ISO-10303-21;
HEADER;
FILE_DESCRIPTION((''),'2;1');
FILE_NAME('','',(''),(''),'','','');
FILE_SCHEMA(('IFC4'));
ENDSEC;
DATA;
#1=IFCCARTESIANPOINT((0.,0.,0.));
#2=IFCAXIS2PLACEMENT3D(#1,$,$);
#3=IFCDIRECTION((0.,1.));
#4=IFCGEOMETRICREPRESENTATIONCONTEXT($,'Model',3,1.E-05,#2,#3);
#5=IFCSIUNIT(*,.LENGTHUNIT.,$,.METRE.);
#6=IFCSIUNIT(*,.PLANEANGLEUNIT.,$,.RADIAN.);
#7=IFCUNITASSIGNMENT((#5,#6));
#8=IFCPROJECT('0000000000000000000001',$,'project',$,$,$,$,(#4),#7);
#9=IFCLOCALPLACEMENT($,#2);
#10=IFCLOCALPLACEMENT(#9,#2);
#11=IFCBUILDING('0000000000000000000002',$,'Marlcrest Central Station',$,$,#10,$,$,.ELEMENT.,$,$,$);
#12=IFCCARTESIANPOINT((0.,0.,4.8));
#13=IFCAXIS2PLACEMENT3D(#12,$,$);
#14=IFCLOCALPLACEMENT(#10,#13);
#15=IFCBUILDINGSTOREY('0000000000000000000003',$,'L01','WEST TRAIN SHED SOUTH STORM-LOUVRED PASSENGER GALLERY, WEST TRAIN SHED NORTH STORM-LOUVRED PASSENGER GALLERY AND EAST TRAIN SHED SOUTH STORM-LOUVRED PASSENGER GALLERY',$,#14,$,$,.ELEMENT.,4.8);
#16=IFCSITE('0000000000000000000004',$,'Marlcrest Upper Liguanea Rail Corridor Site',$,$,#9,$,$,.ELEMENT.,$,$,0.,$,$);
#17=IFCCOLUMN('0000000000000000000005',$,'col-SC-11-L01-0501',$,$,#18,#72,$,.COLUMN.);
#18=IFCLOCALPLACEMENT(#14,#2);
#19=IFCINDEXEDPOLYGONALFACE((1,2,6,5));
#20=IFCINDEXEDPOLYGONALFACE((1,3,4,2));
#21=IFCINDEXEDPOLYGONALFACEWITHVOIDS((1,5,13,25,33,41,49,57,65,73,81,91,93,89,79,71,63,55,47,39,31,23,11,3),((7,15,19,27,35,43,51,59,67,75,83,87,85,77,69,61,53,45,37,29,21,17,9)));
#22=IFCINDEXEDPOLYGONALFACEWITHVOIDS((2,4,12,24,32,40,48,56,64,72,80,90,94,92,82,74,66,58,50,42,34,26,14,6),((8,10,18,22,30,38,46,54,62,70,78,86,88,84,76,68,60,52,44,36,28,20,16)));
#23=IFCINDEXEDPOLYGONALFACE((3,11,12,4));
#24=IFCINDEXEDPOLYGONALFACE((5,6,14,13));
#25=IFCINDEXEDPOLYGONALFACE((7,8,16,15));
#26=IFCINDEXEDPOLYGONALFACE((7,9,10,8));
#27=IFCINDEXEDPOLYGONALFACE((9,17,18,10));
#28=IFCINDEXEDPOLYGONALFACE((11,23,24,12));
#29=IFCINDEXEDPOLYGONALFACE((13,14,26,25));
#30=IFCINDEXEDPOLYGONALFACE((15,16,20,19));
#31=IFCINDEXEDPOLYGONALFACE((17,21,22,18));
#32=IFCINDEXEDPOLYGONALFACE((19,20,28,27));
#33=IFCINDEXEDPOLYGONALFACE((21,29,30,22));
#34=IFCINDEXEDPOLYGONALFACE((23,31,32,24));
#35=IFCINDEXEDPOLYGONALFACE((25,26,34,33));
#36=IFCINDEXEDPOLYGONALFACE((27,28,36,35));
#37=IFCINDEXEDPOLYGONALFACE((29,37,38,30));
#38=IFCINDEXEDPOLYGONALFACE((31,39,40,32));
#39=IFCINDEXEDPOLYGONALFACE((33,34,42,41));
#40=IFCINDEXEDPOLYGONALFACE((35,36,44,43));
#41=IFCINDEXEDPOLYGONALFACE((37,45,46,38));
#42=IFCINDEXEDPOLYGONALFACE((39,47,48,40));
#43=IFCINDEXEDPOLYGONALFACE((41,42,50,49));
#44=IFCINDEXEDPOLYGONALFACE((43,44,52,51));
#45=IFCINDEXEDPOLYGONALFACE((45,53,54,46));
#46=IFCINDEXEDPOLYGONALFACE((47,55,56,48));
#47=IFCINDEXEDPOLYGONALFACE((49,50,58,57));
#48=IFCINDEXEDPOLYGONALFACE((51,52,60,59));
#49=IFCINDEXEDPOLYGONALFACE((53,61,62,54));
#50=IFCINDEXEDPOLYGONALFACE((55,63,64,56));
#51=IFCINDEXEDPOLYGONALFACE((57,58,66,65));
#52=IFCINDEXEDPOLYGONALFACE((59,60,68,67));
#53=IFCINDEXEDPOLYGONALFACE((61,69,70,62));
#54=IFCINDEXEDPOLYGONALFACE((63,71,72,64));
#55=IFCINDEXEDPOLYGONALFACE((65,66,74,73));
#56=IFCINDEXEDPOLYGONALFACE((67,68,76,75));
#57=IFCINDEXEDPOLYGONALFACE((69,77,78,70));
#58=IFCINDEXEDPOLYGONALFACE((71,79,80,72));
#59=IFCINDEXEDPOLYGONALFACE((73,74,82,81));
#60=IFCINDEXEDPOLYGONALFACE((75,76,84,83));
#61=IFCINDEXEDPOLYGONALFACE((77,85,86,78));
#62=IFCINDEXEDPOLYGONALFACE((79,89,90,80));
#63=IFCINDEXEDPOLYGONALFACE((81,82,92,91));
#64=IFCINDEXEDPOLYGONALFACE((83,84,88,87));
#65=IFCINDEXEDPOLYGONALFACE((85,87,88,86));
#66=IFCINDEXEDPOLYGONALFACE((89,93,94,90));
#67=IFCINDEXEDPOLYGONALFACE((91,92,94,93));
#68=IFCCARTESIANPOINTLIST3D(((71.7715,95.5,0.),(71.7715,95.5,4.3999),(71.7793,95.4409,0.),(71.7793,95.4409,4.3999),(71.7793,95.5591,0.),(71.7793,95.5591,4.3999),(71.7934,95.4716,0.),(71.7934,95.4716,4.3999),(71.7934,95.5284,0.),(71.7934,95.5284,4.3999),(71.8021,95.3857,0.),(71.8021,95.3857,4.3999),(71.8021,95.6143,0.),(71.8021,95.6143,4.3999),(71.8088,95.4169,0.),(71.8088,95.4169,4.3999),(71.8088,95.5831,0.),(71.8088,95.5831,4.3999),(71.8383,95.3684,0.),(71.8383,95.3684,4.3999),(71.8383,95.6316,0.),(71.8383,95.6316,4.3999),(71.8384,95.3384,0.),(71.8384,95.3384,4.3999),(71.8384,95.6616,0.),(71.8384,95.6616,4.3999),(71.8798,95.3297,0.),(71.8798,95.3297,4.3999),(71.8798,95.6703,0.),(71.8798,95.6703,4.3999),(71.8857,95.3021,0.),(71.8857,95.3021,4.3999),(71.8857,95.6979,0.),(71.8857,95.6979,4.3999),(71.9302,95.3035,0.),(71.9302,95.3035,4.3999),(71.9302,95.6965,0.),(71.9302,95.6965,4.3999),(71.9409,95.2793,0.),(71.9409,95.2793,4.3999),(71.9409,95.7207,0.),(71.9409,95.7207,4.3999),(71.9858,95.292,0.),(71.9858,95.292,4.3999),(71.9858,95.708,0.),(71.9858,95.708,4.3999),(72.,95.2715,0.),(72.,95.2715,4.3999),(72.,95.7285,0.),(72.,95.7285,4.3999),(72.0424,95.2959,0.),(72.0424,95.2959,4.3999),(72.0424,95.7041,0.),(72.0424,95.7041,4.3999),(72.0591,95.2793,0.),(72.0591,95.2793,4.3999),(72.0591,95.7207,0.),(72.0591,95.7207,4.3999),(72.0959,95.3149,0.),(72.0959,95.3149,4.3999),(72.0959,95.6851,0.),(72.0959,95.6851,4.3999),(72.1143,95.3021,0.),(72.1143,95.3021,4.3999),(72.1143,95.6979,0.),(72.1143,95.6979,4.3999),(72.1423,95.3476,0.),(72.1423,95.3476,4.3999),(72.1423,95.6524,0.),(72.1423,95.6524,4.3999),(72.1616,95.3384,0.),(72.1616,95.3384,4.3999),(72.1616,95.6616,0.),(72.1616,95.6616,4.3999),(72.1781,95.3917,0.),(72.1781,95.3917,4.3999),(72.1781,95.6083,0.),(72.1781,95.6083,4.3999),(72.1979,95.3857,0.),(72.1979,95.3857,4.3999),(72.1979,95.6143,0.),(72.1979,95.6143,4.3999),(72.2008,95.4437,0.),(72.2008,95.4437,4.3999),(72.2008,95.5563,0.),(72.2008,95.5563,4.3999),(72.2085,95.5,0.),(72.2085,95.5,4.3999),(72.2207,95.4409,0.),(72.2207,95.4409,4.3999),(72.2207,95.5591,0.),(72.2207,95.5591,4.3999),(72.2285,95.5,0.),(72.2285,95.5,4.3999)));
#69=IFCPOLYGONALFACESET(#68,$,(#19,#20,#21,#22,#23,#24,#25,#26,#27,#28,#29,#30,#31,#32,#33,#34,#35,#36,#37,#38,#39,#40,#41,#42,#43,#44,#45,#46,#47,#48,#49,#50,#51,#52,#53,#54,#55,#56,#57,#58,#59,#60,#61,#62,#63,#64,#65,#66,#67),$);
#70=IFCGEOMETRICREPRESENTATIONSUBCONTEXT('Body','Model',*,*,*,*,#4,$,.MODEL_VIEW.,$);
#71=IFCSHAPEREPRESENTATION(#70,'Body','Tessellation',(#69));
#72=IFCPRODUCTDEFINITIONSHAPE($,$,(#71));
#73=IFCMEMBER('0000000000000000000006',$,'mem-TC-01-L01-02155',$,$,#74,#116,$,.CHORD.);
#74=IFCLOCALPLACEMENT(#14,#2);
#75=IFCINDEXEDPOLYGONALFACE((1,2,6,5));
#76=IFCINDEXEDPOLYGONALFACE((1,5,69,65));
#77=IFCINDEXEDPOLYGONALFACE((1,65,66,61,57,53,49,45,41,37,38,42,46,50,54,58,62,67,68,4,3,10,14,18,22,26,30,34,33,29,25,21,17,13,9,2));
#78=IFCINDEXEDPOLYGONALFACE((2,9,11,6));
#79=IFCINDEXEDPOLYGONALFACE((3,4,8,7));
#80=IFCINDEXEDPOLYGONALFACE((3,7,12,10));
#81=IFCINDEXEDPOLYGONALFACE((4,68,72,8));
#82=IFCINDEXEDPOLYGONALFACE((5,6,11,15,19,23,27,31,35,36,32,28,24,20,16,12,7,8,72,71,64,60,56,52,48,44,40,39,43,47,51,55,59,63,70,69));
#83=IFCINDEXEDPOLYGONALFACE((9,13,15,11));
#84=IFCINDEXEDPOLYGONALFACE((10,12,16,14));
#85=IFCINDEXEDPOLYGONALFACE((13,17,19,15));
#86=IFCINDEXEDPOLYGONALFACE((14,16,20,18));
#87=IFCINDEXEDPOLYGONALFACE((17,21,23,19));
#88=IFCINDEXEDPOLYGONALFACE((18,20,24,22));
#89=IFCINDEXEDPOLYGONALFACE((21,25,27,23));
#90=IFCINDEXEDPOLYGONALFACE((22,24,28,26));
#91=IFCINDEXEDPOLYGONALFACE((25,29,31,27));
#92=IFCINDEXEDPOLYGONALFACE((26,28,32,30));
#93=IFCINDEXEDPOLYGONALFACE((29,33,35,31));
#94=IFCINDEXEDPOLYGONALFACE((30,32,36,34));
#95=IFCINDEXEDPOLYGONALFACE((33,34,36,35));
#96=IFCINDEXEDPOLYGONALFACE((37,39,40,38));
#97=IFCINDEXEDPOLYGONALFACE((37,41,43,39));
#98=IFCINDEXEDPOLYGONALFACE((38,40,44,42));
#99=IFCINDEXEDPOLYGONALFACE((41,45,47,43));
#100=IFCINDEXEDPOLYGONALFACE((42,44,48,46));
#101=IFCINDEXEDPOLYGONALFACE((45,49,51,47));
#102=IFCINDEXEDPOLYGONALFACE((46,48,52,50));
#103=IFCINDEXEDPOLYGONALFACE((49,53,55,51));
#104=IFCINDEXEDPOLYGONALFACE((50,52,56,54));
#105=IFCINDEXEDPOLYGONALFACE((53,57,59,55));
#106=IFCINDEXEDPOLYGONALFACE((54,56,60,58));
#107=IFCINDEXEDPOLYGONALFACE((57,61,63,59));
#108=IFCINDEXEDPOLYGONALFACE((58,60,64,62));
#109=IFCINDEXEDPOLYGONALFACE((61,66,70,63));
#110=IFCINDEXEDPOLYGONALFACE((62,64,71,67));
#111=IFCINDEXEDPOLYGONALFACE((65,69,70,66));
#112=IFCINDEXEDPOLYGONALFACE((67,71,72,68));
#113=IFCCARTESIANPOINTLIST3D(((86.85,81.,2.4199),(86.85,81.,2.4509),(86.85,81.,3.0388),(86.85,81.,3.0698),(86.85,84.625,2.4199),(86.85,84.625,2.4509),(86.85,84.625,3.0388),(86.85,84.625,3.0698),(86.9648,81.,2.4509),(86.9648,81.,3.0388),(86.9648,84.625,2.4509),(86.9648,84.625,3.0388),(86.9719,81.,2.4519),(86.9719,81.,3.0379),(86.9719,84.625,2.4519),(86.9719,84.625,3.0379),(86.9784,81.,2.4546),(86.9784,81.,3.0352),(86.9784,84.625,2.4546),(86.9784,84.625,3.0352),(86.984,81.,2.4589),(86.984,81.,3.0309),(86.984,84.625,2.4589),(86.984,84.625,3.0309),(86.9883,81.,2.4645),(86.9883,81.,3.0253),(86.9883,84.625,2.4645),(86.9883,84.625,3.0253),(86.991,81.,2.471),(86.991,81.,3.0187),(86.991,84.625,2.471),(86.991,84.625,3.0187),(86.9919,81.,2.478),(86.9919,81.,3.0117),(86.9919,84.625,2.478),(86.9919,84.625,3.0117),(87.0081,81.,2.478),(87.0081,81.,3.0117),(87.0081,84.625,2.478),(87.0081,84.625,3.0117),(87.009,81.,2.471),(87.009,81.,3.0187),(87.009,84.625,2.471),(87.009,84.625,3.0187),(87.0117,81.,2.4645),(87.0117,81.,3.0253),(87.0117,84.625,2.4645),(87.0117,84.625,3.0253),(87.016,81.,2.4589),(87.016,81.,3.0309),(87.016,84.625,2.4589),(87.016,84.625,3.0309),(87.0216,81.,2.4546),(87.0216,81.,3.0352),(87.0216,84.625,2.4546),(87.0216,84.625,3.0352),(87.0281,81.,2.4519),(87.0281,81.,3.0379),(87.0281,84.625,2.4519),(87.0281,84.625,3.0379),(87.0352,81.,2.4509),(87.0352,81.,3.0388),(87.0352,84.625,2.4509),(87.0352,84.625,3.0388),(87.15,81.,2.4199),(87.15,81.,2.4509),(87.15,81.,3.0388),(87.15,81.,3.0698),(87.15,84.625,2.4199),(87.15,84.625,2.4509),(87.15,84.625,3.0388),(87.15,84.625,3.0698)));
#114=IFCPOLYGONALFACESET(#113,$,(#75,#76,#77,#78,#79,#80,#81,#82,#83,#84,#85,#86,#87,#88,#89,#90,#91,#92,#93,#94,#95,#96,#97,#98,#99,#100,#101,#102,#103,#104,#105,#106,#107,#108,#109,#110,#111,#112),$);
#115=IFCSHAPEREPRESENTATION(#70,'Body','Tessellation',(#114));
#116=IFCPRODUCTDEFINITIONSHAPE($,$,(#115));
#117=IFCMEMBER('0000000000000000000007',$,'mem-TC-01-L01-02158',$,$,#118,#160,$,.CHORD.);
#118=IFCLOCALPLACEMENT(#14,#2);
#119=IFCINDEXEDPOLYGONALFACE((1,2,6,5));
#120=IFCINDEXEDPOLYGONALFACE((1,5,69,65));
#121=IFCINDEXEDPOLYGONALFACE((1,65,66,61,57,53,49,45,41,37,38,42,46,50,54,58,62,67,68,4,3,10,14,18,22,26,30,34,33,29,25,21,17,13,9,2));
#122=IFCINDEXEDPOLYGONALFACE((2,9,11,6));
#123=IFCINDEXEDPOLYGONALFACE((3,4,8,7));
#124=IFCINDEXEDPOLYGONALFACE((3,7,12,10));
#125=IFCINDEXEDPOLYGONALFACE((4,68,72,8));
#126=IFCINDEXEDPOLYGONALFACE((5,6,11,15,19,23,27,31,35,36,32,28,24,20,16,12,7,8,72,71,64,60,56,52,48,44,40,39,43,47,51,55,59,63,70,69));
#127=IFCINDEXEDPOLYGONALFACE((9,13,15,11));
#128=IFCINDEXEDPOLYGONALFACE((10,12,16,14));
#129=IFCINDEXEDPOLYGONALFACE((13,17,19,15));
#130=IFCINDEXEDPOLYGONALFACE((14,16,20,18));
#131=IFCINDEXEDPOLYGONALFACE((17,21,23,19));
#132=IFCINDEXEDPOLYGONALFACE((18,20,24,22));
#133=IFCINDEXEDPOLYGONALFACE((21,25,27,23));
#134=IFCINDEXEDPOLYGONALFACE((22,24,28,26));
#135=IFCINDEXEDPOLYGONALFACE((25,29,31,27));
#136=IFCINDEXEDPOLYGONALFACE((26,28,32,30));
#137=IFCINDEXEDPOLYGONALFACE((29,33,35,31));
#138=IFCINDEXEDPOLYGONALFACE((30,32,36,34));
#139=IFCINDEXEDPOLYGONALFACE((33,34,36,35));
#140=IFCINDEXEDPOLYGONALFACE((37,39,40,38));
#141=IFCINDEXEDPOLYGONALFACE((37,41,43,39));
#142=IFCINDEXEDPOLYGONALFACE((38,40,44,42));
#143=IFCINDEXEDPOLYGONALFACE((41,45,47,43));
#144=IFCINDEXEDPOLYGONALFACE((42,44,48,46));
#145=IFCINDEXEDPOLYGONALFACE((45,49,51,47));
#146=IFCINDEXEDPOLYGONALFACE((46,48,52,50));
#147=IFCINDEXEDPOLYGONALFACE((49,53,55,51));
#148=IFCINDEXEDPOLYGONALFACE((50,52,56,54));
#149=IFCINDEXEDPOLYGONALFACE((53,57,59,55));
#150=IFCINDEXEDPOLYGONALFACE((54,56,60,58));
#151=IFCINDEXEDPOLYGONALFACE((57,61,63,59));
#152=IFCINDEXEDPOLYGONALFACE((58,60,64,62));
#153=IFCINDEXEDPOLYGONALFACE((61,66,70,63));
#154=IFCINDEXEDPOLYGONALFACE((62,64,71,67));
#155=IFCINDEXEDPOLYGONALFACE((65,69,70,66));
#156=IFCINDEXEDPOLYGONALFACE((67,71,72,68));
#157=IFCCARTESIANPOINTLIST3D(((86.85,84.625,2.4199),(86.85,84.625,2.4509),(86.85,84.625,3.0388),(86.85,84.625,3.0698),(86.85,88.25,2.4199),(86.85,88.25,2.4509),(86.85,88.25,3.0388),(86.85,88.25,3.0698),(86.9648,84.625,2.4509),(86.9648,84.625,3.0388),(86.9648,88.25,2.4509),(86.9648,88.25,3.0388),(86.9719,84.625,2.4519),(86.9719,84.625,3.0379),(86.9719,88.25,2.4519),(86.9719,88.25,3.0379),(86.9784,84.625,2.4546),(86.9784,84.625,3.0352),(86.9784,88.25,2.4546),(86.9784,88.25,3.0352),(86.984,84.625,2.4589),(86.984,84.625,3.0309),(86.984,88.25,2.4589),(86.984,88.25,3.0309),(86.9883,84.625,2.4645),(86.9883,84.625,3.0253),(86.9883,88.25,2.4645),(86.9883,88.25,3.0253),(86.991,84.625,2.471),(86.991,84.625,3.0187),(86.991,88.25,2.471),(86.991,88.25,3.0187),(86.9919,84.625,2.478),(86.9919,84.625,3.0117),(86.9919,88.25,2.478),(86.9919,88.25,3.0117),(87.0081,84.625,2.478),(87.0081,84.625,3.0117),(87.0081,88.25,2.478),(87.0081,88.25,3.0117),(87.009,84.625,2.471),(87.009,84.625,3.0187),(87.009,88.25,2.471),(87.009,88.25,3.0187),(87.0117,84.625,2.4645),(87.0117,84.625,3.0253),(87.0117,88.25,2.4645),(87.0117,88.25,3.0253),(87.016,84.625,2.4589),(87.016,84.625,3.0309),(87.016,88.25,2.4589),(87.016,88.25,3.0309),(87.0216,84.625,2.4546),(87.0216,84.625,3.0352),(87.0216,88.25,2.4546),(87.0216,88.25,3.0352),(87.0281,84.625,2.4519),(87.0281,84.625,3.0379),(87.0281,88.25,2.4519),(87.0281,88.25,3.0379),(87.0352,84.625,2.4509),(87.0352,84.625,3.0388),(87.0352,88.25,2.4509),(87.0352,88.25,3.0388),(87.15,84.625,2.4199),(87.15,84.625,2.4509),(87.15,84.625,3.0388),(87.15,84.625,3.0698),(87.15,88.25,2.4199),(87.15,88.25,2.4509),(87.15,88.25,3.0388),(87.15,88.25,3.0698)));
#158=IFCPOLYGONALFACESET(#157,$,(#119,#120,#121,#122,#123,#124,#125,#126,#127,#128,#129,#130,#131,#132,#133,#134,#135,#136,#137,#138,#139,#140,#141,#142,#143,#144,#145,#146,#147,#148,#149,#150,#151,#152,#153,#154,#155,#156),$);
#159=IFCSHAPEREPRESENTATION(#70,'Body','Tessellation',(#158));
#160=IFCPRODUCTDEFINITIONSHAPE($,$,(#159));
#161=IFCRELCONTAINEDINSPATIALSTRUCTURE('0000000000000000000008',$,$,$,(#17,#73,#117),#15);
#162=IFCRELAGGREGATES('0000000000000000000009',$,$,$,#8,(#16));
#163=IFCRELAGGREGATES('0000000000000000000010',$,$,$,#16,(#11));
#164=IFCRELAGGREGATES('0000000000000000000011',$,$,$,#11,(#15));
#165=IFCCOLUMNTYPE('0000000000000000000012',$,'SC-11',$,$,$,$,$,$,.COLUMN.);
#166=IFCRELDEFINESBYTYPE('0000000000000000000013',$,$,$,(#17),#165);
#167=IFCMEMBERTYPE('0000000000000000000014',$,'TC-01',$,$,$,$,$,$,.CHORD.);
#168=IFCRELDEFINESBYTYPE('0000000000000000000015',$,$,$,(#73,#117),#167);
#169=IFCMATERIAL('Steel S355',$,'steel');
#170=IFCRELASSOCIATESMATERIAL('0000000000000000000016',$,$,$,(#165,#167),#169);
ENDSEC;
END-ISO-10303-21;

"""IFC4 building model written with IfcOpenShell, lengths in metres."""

from ifc_helpers import new_model, si_unit, direction, frame, origin, origin_2d, place, context, subcontext, project, spatial, hollow_circle, i_section, extrude, material, material_profile, profile_set, type_object, element, save


model = new_model("IFC4")

# Units and contexts
model_context = context("Model", 3, precision=1e-05, world=origin(), true_north=direction((0.0, 1.0)))
body_context = subcontext(model_context, "Body", "Model", "MODEL_VIEW")
ifc_project = project(units=[si_unit("LENGTHUNIT", "METRE"), si_unit("PLANEANGLEUNIT", "RADIAN")], contexts=[model_context])

# Site, building, storey
site_placement = place(None, origin())
site = spatial("IfcSite", under=ifc_project, at=site_placement, Name="Marlcrest Upper Liguanea Rail Corridor Site", CompositionType="ELEMENT", RefElevation=0.0)
building_placement = place(site_placement, origin())
building = spatial("IfcBuilding", under=site, at=building_placement, Name="Marlcrest Central Station", CompositionType="ELEMENT")
storey_placement = place(building_placement, frame((0.0, 0.0, 4.8)))
storey = spatial("IfcBuildingStorey", under=building, at=storey_placement, Name="L01", Description="WEST TRAIN SHED SOUTH STORM-LOUVRED PASSENGER GALLERY, WEST TRAIN SHED NORTH STORM-LOUVRED PASSENGER GALLERY AND EAST TRAIN SHED SOUTH STORM-LOUVRED PASSENGER GALLERY", CompositionType="ELEMENT", Elevation=4.8)

# Column
ifc_material_1 = material(Name="Steel S355", Category="steel")
ifc_material_profile_1 = material_profile(ifc_material_1, hollow_circle(Radius=0.2285, WallThickness=0.02, at=origin_2d()), Name="CHS 457x20")
ifc_profile_set_1 = profile_set([ifc_material_profile_1], Name="Steel S355")
column_type = type_object("IfcColumnType", Name="SC-11", PredefinedType="COLUMN", material=ifc_profile_set_1)
column_placement = place(storey_placement, frame((72.0, 95.5, 0.0), z_axis=(0.0, 0.0, 1.0), x_axis=(1.0, 0.0, 0.0)))
element("IfcColumn", 1, at=column_placement, inside=storey, type_object=column_type, Name="col-SC-11-L01-0501", PredefinedType="COLUMN", context=body_context, shape_type="SweptSolid", body=[
    extrude(hollow_circle(Radius=0.2285, WallThickness=0.02, at=origin_2d()), origin(), (0.0, 0.0, 1.0), 4.3999),
])

# Members
ifc_material_profile_2 = material_profile(ifc_material_1, i_section(OverallWidth=0.3, OverallDepth=0.6499, WebThickness=0.0161, FlangeThickness=0.031, FilletRadius=0.0271, at=origin_2d()), Name="HEB 650")
ifc_profile_set_2 = profile_set([ifc_material_profile_2], Name="Steel S355")
member_type_1 = type_object("IfcMemberType", Name="TC-01", PredefinedType="CHORD", material=ifc_profile_set_2)
for number, where, z_axis, x_axis, name in (
    (2, (87.0, 81.0, 2.7449), (0.0, 1.0, 0.0), (-1.0, 0.0, 0.0), "mem-TC-01-L01-02155"),
    (3, (87.0, 84.625, 2.7449), (0.0, 1.0, 0.0), (-1.0, 0.0, 0.0), "mem-TC-01-L01-02158"),
):
    element("IfcMember", number, at=place(storey_placement, frame(where, z_axis=z_axis, x_axis=x_axis)), inside=storey, type_object=member_type_1, Name=name, PredefinedType="CHORD", context=body_context, shape_type="SweptSolid", body=[
        extrude(i_section(OverallWidth=0.3, OverallDepth=0.6499, WebThickness=0.0161, FlangeThickness=0.031, FilletRadius=0.0271, at=origin_2d()), origin(), (0.0, 0.0, 1.0), 3.625),
    ])

save(model, "model.ifc")
